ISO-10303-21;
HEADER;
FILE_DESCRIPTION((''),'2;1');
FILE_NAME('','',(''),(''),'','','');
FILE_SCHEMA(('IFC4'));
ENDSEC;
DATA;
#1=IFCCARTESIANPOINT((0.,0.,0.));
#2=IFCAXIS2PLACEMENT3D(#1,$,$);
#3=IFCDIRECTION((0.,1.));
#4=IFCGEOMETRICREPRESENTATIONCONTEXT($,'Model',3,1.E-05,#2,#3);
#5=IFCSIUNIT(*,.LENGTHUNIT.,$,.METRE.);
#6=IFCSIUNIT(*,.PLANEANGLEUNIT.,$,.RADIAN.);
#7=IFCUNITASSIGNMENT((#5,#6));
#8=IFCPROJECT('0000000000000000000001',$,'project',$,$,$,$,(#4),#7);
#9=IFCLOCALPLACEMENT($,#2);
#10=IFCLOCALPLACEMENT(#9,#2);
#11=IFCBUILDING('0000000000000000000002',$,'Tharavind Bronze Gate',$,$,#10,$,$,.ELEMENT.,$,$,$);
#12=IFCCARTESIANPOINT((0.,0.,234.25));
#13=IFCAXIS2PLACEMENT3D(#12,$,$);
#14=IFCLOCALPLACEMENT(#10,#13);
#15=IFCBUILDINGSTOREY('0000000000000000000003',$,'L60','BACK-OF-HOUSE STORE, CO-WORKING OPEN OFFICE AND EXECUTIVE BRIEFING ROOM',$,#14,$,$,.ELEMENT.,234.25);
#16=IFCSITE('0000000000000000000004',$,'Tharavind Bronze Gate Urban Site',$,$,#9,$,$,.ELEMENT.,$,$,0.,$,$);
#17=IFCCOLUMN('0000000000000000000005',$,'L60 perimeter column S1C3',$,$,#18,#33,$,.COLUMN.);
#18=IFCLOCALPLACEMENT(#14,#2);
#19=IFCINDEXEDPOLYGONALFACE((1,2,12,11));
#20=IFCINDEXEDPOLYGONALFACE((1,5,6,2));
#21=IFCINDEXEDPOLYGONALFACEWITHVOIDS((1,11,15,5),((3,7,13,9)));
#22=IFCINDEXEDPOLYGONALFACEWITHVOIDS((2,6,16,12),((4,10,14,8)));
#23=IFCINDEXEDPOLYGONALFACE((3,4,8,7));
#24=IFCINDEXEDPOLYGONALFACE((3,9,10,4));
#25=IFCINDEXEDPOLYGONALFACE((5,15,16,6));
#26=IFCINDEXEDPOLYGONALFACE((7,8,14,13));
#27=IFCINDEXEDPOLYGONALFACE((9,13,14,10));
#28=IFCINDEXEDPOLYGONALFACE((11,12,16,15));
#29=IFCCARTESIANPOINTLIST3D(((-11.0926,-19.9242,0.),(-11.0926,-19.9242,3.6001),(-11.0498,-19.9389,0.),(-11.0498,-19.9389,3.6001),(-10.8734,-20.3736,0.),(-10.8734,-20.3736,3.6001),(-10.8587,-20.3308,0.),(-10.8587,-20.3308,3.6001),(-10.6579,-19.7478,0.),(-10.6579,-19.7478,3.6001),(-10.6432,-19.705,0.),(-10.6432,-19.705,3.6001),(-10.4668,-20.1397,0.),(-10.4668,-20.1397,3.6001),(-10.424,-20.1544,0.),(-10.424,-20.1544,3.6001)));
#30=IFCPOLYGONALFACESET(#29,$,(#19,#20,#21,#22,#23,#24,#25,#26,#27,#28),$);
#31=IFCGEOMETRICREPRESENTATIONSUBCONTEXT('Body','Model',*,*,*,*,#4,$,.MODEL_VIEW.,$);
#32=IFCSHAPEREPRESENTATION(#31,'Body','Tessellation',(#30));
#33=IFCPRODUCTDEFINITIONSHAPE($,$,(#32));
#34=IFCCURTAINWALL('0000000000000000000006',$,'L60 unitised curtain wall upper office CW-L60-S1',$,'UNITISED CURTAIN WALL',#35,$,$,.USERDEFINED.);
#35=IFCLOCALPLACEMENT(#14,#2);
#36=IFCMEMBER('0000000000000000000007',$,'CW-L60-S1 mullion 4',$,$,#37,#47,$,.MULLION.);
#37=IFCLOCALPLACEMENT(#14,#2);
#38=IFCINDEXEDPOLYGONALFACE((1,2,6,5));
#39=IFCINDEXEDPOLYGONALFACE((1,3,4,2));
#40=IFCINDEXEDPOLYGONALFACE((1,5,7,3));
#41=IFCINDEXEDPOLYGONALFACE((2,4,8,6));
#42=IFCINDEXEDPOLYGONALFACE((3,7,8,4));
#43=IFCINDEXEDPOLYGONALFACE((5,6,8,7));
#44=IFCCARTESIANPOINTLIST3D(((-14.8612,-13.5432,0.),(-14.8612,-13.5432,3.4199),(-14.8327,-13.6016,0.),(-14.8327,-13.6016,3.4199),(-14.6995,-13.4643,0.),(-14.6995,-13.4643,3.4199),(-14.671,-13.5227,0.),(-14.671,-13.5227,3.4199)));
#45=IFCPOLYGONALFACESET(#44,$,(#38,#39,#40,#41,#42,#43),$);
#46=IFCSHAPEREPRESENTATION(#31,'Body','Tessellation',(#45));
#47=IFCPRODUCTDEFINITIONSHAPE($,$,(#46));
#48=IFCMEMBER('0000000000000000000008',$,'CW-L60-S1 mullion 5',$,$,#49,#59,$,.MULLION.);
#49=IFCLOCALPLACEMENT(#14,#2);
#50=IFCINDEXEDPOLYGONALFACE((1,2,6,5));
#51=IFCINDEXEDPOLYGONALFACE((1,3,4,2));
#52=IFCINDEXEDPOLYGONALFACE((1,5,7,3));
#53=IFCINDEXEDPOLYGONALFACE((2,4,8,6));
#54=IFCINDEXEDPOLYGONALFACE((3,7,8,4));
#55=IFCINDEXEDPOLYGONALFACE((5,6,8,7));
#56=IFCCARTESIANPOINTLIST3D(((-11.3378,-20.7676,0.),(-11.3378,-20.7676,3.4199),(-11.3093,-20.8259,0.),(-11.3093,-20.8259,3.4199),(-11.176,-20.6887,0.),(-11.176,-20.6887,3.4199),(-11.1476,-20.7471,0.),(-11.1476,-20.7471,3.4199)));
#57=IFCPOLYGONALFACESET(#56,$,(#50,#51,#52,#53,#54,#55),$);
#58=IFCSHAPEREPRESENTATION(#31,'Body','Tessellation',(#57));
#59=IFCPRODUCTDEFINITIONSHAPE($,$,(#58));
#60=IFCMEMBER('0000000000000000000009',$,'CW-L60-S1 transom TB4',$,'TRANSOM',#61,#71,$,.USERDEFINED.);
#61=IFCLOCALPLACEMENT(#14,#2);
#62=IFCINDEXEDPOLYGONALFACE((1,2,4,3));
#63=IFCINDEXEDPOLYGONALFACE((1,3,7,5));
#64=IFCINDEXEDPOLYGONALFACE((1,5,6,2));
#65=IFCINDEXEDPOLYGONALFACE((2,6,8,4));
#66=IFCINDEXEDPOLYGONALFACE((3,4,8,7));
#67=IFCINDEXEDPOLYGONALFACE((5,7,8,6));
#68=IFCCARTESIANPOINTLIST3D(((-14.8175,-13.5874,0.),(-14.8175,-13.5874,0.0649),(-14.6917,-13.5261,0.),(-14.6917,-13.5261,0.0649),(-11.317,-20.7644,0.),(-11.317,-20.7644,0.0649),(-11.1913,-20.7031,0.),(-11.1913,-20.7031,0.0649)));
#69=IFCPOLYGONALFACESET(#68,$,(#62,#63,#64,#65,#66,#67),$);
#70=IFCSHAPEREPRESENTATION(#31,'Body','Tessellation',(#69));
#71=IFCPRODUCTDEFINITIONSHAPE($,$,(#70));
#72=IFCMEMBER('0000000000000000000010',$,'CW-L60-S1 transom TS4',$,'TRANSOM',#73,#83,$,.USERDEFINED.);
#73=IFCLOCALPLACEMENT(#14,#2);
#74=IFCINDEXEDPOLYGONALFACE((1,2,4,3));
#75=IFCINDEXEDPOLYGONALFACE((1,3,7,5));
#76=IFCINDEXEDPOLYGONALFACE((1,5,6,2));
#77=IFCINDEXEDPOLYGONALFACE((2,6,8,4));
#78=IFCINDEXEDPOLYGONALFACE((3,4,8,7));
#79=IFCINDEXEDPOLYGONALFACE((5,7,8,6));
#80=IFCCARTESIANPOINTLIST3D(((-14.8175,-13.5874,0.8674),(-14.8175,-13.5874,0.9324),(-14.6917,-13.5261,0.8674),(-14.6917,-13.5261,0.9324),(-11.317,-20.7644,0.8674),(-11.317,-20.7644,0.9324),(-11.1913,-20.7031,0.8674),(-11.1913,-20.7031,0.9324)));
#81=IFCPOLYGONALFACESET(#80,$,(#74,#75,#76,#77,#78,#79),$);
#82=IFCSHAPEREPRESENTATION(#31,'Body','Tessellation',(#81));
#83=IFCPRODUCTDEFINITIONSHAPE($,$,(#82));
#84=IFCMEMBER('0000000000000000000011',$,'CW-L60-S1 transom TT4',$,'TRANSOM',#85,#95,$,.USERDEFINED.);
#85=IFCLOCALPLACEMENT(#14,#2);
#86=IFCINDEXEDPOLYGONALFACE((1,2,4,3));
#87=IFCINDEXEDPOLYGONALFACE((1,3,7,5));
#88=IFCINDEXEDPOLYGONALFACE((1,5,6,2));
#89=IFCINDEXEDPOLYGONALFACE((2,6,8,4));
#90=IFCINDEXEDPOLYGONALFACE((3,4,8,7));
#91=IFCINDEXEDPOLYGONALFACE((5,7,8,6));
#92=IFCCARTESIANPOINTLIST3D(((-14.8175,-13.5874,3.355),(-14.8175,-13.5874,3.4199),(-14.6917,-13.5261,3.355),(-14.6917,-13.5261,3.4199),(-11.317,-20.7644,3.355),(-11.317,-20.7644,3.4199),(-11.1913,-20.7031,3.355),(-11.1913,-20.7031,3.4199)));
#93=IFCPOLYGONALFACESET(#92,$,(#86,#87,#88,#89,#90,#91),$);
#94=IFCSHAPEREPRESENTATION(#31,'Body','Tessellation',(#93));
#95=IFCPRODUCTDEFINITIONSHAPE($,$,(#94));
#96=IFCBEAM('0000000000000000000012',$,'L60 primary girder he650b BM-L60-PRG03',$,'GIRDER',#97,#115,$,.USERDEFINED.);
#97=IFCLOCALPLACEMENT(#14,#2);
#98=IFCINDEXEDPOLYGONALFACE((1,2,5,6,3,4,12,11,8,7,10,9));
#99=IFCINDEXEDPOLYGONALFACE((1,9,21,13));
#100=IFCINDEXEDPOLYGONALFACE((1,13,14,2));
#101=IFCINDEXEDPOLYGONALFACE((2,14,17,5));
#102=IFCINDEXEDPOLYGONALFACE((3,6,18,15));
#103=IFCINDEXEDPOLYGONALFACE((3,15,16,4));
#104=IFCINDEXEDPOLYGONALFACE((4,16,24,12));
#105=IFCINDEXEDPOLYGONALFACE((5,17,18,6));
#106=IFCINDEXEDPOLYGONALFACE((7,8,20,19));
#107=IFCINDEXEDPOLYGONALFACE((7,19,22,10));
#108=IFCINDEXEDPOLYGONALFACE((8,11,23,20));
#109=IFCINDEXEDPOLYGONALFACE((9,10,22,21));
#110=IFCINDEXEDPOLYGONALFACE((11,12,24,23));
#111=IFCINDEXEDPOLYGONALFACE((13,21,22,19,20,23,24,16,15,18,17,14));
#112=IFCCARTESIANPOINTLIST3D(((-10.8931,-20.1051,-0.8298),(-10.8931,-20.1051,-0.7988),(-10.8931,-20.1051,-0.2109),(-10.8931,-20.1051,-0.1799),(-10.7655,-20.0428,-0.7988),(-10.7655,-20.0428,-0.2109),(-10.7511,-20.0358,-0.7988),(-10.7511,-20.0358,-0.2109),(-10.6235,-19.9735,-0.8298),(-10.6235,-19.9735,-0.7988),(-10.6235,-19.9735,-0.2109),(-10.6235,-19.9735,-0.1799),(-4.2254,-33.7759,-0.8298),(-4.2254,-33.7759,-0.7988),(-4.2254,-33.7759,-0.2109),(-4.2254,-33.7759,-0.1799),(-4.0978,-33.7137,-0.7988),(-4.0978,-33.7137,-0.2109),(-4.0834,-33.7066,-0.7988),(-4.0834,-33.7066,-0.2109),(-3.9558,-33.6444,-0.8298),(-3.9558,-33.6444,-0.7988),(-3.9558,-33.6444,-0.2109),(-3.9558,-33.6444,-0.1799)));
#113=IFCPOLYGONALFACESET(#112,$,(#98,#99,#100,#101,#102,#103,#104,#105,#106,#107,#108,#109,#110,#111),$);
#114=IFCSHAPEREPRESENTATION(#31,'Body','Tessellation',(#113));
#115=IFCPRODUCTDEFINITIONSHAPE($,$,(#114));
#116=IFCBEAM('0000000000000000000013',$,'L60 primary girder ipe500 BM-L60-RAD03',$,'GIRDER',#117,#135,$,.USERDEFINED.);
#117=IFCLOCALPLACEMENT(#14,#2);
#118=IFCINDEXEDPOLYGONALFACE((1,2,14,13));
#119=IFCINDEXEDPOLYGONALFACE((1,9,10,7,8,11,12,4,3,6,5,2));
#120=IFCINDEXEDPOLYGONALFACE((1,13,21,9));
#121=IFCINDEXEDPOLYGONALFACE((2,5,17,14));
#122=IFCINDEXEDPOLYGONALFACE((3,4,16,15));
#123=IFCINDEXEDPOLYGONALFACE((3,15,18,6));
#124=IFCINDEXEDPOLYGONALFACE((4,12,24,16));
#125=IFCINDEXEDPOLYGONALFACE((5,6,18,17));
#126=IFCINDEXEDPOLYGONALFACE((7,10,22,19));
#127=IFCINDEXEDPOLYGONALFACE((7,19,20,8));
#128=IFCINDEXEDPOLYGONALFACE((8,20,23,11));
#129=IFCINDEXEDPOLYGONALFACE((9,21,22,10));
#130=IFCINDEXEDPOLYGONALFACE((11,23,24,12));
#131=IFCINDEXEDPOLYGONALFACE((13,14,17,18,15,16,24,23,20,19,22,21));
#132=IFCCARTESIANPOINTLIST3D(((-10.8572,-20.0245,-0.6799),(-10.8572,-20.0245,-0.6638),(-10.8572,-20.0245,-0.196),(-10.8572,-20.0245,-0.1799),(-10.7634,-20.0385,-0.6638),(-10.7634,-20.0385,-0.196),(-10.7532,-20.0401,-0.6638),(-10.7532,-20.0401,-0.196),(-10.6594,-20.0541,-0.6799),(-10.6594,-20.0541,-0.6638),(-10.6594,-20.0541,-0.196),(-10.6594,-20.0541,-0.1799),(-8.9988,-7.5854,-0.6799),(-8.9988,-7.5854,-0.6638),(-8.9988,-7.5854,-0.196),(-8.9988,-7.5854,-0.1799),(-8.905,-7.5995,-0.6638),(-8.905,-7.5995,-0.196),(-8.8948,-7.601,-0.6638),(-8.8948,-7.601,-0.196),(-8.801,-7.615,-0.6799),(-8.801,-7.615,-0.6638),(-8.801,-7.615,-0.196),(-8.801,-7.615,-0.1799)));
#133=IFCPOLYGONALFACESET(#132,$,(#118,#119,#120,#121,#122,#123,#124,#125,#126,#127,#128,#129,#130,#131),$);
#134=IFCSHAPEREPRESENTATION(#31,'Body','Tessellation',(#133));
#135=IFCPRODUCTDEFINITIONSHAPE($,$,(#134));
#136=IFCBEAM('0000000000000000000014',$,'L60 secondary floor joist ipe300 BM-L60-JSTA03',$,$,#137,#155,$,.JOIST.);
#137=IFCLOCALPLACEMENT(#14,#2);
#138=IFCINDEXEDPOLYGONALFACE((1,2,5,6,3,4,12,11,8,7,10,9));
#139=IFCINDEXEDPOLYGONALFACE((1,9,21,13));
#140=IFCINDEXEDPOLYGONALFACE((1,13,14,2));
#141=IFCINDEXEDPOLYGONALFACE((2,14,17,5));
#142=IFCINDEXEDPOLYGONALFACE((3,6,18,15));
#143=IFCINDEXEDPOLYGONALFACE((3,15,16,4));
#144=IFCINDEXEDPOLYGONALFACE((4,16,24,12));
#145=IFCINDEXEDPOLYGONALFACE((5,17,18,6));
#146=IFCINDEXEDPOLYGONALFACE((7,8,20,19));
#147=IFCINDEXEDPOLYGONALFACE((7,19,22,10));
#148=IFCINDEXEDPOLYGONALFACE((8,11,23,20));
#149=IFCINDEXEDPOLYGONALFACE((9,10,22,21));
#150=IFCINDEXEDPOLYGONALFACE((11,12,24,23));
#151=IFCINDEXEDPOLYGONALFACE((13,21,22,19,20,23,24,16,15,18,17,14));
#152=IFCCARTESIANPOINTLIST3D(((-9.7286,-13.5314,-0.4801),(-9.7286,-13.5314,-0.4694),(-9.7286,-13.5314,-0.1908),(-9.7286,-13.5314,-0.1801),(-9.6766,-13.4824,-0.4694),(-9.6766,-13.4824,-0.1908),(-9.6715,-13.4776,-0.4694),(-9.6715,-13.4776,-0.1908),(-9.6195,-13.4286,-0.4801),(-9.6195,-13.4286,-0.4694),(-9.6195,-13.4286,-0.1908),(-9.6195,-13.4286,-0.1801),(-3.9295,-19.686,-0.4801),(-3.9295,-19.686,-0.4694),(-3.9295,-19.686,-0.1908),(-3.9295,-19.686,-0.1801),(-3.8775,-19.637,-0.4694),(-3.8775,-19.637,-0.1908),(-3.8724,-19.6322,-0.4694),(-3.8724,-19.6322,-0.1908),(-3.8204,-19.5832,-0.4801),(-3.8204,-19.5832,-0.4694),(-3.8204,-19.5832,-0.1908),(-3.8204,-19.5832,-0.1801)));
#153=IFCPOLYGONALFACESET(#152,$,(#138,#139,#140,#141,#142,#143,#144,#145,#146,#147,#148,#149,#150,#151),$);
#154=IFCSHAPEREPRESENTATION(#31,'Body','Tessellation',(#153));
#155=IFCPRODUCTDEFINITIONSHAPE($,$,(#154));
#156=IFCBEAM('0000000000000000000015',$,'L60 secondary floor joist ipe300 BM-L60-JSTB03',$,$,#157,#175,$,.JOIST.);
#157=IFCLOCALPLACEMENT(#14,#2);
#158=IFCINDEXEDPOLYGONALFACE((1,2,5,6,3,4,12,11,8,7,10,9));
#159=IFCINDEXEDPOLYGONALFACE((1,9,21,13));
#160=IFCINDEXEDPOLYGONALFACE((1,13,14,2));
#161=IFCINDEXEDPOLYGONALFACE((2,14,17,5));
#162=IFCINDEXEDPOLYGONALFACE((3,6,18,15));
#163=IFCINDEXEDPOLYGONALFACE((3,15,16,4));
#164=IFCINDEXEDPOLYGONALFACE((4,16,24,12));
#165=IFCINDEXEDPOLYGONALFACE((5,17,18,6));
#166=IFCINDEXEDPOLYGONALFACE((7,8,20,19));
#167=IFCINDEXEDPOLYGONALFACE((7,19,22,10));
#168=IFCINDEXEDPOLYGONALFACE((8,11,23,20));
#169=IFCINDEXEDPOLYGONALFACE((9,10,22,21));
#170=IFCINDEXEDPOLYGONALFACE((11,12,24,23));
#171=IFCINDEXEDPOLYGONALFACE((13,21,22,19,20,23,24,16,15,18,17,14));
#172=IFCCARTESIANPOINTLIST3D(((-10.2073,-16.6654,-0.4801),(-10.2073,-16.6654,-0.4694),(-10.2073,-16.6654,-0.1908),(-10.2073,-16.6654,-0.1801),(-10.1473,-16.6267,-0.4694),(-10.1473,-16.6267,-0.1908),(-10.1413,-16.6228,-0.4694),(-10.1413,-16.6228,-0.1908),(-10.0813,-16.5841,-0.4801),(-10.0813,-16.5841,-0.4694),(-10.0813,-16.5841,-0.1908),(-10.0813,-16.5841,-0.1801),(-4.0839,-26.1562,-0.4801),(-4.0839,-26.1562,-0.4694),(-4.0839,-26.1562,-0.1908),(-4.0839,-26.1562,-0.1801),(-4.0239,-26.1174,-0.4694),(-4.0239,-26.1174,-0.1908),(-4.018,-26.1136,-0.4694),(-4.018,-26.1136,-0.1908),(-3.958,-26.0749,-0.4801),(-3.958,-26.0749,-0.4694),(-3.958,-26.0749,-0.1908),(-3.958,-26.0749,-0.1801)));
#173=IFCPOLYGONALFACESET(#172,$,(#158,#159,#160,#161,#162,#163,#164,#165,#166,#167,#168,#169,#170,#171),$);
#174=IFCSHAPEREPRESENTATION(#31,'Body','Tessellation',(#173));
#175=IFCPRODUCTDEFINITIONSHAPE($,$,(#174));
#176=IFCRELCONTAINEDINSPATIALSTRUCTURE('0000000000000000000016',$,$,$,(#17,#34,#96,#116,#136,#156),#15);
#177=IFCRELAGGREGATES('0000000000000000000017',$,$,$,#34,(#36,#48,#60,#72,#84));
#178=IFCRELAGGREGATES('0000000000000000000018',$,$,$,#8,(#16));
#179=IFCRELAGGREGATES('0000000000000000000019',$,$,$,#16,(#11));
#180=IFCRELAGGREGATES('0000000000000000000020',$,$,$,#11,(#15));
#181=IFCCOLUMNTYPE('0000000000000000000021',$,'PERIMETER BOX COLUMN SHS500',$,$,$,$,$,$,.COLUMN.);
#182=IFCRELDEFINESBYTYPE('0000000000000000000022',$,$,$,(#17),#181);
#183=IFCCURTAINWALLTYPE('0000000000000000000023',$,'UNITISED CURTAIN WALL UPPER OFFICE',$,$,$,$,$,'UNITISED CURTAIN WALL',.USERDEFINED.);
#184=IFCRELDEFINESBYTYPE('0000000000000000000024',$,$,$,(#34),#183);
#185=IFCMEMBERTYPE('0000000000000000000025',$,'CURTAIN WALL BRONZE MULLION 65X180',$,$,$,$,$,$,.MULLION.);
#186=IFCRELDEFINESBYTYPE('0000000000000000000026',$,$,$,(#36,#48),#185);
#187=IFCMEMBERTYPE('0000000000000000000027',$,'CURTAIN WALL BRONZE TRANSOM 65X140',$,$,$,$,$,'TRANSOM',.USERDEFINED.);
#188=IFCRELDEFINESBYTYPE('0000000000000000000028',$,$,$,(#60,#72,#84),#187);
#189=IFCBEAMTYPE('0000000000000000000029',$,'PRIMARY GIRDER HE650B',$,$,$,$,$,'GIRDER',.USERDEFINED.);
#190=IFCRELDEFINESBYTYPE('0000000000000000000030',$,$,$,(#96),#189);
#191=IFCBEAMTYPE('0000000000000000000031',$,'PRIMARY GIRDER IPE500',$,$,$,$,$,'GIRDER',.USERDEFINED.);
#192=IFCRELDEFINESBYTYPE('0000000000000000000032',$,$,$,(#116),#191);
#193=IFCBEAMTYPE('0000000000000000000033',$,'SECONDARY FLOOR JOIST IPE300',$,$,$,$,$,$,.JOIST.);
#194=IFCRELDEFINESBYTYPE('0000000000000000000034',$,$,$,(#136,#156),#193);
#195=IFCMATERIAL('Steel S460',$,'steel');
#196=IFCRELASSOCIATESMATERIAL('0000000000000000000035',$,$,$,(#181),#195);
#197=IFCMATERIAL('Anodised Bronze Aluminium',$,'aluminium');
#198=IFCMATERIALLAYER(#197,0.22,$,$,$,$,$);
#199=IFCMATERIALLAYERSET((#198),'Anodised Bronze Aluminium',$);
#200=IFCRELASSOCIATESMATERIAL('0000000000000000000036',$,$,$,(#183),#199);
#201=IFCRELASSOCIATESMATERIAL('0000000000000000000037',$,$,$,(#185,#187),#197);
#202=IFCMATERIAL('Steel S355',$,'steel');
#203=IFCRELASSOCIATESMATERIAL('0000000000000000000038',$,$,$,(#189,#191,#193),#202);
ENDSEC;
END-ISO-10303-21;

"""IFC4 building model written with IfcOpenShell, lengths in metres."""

from ifc_helpers import new_model, si_unit, direction, frame, origin, origin_2d, place, context, subcontext, project, spatial, rectangle, hollow_rectangle, i_section, extrude, material, layer, layer_set, material_profile, profile_set, type_object, element, aggregate, save


model = new_model("IFC4")

# Units and contexts
model_context = context("Model", 3, precision=1e-05, world=origin(), true_north=direction((0.0, 1.0)))
body_context = subcontext(model_context, "Body", "Model", "MODEL_VIEW")
ifc_project = project(units=[si_unit("LENGTHUNIT", "METRE"), si_unit("PLANEANGLEUNIT", "RADIAN")], contexts=[model_context])

# Site, building, storey
site_placement = place(None, origin())
site = spatial("IfcSite", under=ifc_project, at=site_placement, Name="Tharavind Bronze Gate Urban Site", CompositionType="ELEMENT", RefElevation=0.0)
building_placement = place(site_placement, origin())
building = spatial("IfcBuilding", under=site, at=building_placement, Name="Tharavind Bronze Gate", CompositionType="ELEMENT")
storey_placement = place(building_placement, frame((0.0, 0.0, 234.25)))
storey = spatial("IfcBuildingStorey", under=building, at=storey_placement, Name="L60", Description="BACK-OF-HOUSE STORE, CO-WORKING OPEN OFFICE AND EXECUTIVE BRIEFING ROOM", CompositionType="ELEMENT", Elevation=234.25)

# Column
ifc_material_1 = material(Name="Steel S460", Category="steel")
ifc_material_profile_1 = material_profile(ifc_material_1, hollow_rectangle(XDim=0.5, YDim=0.5, WallThickness=0.032, at=origin_2d()), Name="SHS500X32")
ifc_profile_set_1 = profile_set([ifc_material_profile_1], Name="Steel S460")
column_type = type_object("IfcColumnType", Name="PERIMETER BOX COLUMN SHS500", PredefinedType="COLUMN", material=ifc_profile_set_1)
column_placement = place(storey_placement, frame((-10.7583, -20.0393, 0.0), z_axis=(0.0, 0.0, 1.0), x_axis=(-0.438371, 0.898794, 0.0)))
element("IfcColumn", 1, at=column_placement, inside=storey, type_object=column_type, Name="L60 perimeter column S1C3", PredefinedType="COLUMN", context=body_context, shape_type="SweptSolid", body=[
    extrude(hollow_rectangle(XDim=0.5, YDim=0.5, WallThickness=0.032, at=origin_2d()), origin(), (0.0, 0.0, 1.0), 3.6001),
])

# Curtain wall, members
ifc_material_2 = material(Name="Anodised Bronze Aluminium", Category="aluminium")
ifc_layer_1 = layer(ifc_material_2, 0.22)
ifc_layer_set_1 = layer_set([ifc_layer_1], Name="Anodised Bronze Aluminium")
curtain_wall_type = type_object("IfcCurtainWallType", Name="UNITISED CURTAIN WALL UPPER OFFICE", ElementType="UNITISED CURTAIN WALL", PredefinedType="USERDEFINED", material=ifc_layer_set_1)
curtain_wall_placement = place(storey_placement, origin())
curtain_wall = element("IfcCurtainWall", 2, at=curtain_wall_placement, inside=storey, type_object=curtain_wall_type, Name="L60 unitised curtain wall upper office CW-L60-S1", ObjectType="UNITISED CURTAIN WALL", PredefinedType="USERDEFINED")
member_type_1 = type_object("IfcMemberType", Name="CURTAIN WALL BRONZE MULLION 65X180", PredefinedType="MULLION", material=ifc_material_2)
member_1_placement = place(storey_placement, frame((-14.7661, -13.533, 0.0), z_axis=(0.0, 0.0, 1.0), x_axis=(0.438371, -0.898794, 0.0)))
member_1 = element("IfcMember", 3, at=member_1_placement, type_object=member_type_1, Name="CW-L60-S1 mullion 4", PredefinedType="MULLION", context=body_context, shape_type="SweptSolid", body=[
    extrude(rectangle(XDim=0.0649, YDim=0.1799, at=origin_2d()), origin(), (0.0, 0.0, 1.0), 3.4199),
])
member_2_placement = place(storey_placement, frame((-11.2427, -20.7573, 0.0), z_axis=(0.0, 0.0, 1.0), x_axis=(0.438371, -0.898794, 0.0)))
member_2 = element("IfcMember", 4, at=member_2_placement, type_object=member_type_1, Name="CW-L60-S1 mullion 5", PredefinedType="MULLION", context=body_context, shape_type="SweptSolid", body=[
    extrude(rectangle(XDim=0.0649, YDim=0.1799, at=origin_2d()), origin(), (0.0, 0.0, 1.0), 3.4199),
])
member_type_2 = type_object("IfcMemberType", Name="CURTAIN WALL BRONZE TRANSOM 65X140", ElementType="TRANSOM", PredefinedType="USERDEFINED", material=ifc_material_2)
member_3_placement = place(storey_placement, frame((-13.0044, -17.1453, 0.0), z_axis=(0.0, 0.0, 1.0), x_axis=(0.438371, -0.898794, 0.0)))
member_3 = element("IfcMember", 5, at=member_3_placement, type_object=member_type_2, Name="CW-L60-S1 transom TB4", ObjectType="TRANSOM", PredefinedType="USERDEFINED", context=body_context, shape_type="SweptSolid", body=[
    extrude(rectangle(XDim=7.9851, YDim=0.1399, at=origin_2d()), origin(), (0.0, 0.0, 1.0), 0.0649),
])
member_4_placement = place(storey_placement, frame((-13.0044, -17.1453, 0.8674), z_axis=(0.0, 0.0, 1.0), x_axis=(0.438371, -0.898794, 0.0)))
member_4 = element("IfcMember", 6, at=member_4_placement, type_object=member_type_2, Name="CW-L60-S1 transom TS4", ObjectType="TRANSOM", PredefinedType="USERDEFINED", context=body_context, shape_type="SweptSolid", body=[
    extrude(rectangle(XDim=7.9851, YDim=0.1399, at=origin_2d()), origin(), (0.0, 0.0, 1.0), 0.0649),
])
member_5_placement = place(storey_placement, frame((-13.0044, -17.1453, 3.355), z_axis=(0.0, 0.0, 1.0), x_axis=(0.438371, -0.898794, 0.0)))
member_5 = element("IfcMember", 7, at=member_5_placement, type_object=member_type_2, Name="CW-L60-S1 transom TT4", ObjectType="TRANSOM", PredefinedType="USERDEFINED", context=body_context, shape_type="SweptSolid", body=[
    extrude(rectangle(XDim=7.9851, YDim=0.1399, at=origin_2d()), origin(), (0.0, 0.0, 1.0), 0.0649),
])

# Beams
ifc_material_3 = material(Name="Steel S355", Category="steel")
ifc_material_profile_2 = material_profile(ifc_material_3, i_section(OverallWidth=0.3, OverallDepth=0.6499, WebThickness=0.0161, FlangeThickness=0.031, at=origin_2d()), Name="HE650B")
ifc_profile_set_2 = profile_set([ifc_material_profile_2], Name="Steel S355")
beam_type_1 = type_object("IfcBeamType", Name="PRIMARY GIRDER HE650B", ElementType="GIRDER", PredefinedType="USERDEFINED", material=ifc_profile_set_2)
beam_1_placement = place(storey_placement, frame((-10.7583, -20.0393, -0.5049), z_axis=(0.43837, -0.898795, 0.0), x_axis=(0.898795, 0.43837, 0.0)))
element("IfcBeam", 8, at=beam_1_placement, inside=storey, type_object=beam_type_1, Name="L60 primary girder he650b BM-L60-PRG03", ObjectType="GIRDER", PredefinedType="USERDEFINED", context=body_context, shape_type="SweptSolid", body=[
    extrude(i_section(OverallWidth=0.3, OverallDepth=0.6499, WebThickness=0.0161, FlangeThickness=0.031, at=origin_2d()), origin(), (0.0, 0.0, 1.0), 15.2102),
])
ifc_material_profile_3 = material_profile(ifc_material_3, i_section(OverallWidth=0.2, OverallDepth=0.5, WebThickness=0.0103, FlangeThickness=0.0161, at=origin_2d()), Name="IPE500")
ifc_profile_set_3 = profile_set([ifc_material_profile_3], Name="Steel S355")
beam_type_2 = type_object("IfcBeamType", Name="PRIMARY GIRDER IPE500", ElementType="GIRDER", PredefinedType="USERDEFINED", material=ifc_profile_set_3)
beam_2_placement = place(storey_placement, frame((-10.7583, -20.0393, -0.4299), z_axis=(0.147759, 0.989023, 0.0), x_axis=(-0.989023, 0.147759, 0.0)))
element("IfcBeam", 9, at=beam_2_placement, inside=storey, type_object=beam_type_2, Name="L60 primary girder ipe500 BM-L60-RAD03", ObjectType="GIRDER", PredefinedType="USERDEFINED", context=body_context, shape_type="SweptSolid", body=[
    extrude(i_section(OverallWidth=0.2, OverallDepth=0.5, WebThickness=0.0103, FlangeThickness=0.0161, at=origin_2d()), origin(), (0.0, 0.0, 1.0), 12.5771),
])
ifc_material_profile_4 = material_profile(ifc_material_3, i_section(OverallWidth=0.1499, OverallDepth=0.3, WebThickness=0.0071, FlangeThickness=0.0107, at=origin_2d()), Name="IPE300")
ifc_profile_set_4 = profile_set([ifc_material_profile_4], Name="Steel S355")
beam_type_3 = type_object("IfcBeamType", Name="SECONDARY FLOOR JOIST IPE300", PredefinedType="JOIST", material=ifc_profile_set_4)
beam_3_placement = place(storey_placement, frame((-9.6741, -13.48, -0.3301), z_axis=(0.685776, -0.727813, 0.0), x_axis=(0.727813, 0.685776, 0.0)))
element("IfcBeam", 10, at=beam_3_placement, inside=storey, type_object=beam_type_3, Name="L60 secondary floor joist ipe300 BM-L60-JSTA03", PredefinedType="JOIST", context=body_context, shape_type="SweptSolid", body=[
    extrude(i_section(OverallWidth=0.1499, OverallDepth=0.3, WebThickness=0.0071, FlangeThickness=0.0107, at=origin_2d()), origin(), (0.0, 0.0, 1.0), 8.4563),
])
beam_4_placement = place(storey_placement, frame((-10.1443, -16.6248, -0.3301), z_axis=(0.542142, -0.840287, 0.0), x_axis=(0.840287, 0.542142, 0.0)))
element("IfcBeam", 11, at=beam_4_placement, inside=storey, type_object=beam_type_3, Name="L60 secondary floor joist ipe300 BM-L60-JSTB03", PredefinedType="JOIST", context=body_context, shape_type="SweptSolid", body=[
    extrude(i_section(OverallWidth=0.1499, OverallDepth=0.3, WebThickness=0.0071, FlangeThickness=0.0107, at=origin_2d()), origin(), (0.0, 0.0, 1.0), 11.2947),
])

aggregate(curtain_wall, [member_1, member_2, member_3, member_4, member_5])

save(model, "model.ifc")
